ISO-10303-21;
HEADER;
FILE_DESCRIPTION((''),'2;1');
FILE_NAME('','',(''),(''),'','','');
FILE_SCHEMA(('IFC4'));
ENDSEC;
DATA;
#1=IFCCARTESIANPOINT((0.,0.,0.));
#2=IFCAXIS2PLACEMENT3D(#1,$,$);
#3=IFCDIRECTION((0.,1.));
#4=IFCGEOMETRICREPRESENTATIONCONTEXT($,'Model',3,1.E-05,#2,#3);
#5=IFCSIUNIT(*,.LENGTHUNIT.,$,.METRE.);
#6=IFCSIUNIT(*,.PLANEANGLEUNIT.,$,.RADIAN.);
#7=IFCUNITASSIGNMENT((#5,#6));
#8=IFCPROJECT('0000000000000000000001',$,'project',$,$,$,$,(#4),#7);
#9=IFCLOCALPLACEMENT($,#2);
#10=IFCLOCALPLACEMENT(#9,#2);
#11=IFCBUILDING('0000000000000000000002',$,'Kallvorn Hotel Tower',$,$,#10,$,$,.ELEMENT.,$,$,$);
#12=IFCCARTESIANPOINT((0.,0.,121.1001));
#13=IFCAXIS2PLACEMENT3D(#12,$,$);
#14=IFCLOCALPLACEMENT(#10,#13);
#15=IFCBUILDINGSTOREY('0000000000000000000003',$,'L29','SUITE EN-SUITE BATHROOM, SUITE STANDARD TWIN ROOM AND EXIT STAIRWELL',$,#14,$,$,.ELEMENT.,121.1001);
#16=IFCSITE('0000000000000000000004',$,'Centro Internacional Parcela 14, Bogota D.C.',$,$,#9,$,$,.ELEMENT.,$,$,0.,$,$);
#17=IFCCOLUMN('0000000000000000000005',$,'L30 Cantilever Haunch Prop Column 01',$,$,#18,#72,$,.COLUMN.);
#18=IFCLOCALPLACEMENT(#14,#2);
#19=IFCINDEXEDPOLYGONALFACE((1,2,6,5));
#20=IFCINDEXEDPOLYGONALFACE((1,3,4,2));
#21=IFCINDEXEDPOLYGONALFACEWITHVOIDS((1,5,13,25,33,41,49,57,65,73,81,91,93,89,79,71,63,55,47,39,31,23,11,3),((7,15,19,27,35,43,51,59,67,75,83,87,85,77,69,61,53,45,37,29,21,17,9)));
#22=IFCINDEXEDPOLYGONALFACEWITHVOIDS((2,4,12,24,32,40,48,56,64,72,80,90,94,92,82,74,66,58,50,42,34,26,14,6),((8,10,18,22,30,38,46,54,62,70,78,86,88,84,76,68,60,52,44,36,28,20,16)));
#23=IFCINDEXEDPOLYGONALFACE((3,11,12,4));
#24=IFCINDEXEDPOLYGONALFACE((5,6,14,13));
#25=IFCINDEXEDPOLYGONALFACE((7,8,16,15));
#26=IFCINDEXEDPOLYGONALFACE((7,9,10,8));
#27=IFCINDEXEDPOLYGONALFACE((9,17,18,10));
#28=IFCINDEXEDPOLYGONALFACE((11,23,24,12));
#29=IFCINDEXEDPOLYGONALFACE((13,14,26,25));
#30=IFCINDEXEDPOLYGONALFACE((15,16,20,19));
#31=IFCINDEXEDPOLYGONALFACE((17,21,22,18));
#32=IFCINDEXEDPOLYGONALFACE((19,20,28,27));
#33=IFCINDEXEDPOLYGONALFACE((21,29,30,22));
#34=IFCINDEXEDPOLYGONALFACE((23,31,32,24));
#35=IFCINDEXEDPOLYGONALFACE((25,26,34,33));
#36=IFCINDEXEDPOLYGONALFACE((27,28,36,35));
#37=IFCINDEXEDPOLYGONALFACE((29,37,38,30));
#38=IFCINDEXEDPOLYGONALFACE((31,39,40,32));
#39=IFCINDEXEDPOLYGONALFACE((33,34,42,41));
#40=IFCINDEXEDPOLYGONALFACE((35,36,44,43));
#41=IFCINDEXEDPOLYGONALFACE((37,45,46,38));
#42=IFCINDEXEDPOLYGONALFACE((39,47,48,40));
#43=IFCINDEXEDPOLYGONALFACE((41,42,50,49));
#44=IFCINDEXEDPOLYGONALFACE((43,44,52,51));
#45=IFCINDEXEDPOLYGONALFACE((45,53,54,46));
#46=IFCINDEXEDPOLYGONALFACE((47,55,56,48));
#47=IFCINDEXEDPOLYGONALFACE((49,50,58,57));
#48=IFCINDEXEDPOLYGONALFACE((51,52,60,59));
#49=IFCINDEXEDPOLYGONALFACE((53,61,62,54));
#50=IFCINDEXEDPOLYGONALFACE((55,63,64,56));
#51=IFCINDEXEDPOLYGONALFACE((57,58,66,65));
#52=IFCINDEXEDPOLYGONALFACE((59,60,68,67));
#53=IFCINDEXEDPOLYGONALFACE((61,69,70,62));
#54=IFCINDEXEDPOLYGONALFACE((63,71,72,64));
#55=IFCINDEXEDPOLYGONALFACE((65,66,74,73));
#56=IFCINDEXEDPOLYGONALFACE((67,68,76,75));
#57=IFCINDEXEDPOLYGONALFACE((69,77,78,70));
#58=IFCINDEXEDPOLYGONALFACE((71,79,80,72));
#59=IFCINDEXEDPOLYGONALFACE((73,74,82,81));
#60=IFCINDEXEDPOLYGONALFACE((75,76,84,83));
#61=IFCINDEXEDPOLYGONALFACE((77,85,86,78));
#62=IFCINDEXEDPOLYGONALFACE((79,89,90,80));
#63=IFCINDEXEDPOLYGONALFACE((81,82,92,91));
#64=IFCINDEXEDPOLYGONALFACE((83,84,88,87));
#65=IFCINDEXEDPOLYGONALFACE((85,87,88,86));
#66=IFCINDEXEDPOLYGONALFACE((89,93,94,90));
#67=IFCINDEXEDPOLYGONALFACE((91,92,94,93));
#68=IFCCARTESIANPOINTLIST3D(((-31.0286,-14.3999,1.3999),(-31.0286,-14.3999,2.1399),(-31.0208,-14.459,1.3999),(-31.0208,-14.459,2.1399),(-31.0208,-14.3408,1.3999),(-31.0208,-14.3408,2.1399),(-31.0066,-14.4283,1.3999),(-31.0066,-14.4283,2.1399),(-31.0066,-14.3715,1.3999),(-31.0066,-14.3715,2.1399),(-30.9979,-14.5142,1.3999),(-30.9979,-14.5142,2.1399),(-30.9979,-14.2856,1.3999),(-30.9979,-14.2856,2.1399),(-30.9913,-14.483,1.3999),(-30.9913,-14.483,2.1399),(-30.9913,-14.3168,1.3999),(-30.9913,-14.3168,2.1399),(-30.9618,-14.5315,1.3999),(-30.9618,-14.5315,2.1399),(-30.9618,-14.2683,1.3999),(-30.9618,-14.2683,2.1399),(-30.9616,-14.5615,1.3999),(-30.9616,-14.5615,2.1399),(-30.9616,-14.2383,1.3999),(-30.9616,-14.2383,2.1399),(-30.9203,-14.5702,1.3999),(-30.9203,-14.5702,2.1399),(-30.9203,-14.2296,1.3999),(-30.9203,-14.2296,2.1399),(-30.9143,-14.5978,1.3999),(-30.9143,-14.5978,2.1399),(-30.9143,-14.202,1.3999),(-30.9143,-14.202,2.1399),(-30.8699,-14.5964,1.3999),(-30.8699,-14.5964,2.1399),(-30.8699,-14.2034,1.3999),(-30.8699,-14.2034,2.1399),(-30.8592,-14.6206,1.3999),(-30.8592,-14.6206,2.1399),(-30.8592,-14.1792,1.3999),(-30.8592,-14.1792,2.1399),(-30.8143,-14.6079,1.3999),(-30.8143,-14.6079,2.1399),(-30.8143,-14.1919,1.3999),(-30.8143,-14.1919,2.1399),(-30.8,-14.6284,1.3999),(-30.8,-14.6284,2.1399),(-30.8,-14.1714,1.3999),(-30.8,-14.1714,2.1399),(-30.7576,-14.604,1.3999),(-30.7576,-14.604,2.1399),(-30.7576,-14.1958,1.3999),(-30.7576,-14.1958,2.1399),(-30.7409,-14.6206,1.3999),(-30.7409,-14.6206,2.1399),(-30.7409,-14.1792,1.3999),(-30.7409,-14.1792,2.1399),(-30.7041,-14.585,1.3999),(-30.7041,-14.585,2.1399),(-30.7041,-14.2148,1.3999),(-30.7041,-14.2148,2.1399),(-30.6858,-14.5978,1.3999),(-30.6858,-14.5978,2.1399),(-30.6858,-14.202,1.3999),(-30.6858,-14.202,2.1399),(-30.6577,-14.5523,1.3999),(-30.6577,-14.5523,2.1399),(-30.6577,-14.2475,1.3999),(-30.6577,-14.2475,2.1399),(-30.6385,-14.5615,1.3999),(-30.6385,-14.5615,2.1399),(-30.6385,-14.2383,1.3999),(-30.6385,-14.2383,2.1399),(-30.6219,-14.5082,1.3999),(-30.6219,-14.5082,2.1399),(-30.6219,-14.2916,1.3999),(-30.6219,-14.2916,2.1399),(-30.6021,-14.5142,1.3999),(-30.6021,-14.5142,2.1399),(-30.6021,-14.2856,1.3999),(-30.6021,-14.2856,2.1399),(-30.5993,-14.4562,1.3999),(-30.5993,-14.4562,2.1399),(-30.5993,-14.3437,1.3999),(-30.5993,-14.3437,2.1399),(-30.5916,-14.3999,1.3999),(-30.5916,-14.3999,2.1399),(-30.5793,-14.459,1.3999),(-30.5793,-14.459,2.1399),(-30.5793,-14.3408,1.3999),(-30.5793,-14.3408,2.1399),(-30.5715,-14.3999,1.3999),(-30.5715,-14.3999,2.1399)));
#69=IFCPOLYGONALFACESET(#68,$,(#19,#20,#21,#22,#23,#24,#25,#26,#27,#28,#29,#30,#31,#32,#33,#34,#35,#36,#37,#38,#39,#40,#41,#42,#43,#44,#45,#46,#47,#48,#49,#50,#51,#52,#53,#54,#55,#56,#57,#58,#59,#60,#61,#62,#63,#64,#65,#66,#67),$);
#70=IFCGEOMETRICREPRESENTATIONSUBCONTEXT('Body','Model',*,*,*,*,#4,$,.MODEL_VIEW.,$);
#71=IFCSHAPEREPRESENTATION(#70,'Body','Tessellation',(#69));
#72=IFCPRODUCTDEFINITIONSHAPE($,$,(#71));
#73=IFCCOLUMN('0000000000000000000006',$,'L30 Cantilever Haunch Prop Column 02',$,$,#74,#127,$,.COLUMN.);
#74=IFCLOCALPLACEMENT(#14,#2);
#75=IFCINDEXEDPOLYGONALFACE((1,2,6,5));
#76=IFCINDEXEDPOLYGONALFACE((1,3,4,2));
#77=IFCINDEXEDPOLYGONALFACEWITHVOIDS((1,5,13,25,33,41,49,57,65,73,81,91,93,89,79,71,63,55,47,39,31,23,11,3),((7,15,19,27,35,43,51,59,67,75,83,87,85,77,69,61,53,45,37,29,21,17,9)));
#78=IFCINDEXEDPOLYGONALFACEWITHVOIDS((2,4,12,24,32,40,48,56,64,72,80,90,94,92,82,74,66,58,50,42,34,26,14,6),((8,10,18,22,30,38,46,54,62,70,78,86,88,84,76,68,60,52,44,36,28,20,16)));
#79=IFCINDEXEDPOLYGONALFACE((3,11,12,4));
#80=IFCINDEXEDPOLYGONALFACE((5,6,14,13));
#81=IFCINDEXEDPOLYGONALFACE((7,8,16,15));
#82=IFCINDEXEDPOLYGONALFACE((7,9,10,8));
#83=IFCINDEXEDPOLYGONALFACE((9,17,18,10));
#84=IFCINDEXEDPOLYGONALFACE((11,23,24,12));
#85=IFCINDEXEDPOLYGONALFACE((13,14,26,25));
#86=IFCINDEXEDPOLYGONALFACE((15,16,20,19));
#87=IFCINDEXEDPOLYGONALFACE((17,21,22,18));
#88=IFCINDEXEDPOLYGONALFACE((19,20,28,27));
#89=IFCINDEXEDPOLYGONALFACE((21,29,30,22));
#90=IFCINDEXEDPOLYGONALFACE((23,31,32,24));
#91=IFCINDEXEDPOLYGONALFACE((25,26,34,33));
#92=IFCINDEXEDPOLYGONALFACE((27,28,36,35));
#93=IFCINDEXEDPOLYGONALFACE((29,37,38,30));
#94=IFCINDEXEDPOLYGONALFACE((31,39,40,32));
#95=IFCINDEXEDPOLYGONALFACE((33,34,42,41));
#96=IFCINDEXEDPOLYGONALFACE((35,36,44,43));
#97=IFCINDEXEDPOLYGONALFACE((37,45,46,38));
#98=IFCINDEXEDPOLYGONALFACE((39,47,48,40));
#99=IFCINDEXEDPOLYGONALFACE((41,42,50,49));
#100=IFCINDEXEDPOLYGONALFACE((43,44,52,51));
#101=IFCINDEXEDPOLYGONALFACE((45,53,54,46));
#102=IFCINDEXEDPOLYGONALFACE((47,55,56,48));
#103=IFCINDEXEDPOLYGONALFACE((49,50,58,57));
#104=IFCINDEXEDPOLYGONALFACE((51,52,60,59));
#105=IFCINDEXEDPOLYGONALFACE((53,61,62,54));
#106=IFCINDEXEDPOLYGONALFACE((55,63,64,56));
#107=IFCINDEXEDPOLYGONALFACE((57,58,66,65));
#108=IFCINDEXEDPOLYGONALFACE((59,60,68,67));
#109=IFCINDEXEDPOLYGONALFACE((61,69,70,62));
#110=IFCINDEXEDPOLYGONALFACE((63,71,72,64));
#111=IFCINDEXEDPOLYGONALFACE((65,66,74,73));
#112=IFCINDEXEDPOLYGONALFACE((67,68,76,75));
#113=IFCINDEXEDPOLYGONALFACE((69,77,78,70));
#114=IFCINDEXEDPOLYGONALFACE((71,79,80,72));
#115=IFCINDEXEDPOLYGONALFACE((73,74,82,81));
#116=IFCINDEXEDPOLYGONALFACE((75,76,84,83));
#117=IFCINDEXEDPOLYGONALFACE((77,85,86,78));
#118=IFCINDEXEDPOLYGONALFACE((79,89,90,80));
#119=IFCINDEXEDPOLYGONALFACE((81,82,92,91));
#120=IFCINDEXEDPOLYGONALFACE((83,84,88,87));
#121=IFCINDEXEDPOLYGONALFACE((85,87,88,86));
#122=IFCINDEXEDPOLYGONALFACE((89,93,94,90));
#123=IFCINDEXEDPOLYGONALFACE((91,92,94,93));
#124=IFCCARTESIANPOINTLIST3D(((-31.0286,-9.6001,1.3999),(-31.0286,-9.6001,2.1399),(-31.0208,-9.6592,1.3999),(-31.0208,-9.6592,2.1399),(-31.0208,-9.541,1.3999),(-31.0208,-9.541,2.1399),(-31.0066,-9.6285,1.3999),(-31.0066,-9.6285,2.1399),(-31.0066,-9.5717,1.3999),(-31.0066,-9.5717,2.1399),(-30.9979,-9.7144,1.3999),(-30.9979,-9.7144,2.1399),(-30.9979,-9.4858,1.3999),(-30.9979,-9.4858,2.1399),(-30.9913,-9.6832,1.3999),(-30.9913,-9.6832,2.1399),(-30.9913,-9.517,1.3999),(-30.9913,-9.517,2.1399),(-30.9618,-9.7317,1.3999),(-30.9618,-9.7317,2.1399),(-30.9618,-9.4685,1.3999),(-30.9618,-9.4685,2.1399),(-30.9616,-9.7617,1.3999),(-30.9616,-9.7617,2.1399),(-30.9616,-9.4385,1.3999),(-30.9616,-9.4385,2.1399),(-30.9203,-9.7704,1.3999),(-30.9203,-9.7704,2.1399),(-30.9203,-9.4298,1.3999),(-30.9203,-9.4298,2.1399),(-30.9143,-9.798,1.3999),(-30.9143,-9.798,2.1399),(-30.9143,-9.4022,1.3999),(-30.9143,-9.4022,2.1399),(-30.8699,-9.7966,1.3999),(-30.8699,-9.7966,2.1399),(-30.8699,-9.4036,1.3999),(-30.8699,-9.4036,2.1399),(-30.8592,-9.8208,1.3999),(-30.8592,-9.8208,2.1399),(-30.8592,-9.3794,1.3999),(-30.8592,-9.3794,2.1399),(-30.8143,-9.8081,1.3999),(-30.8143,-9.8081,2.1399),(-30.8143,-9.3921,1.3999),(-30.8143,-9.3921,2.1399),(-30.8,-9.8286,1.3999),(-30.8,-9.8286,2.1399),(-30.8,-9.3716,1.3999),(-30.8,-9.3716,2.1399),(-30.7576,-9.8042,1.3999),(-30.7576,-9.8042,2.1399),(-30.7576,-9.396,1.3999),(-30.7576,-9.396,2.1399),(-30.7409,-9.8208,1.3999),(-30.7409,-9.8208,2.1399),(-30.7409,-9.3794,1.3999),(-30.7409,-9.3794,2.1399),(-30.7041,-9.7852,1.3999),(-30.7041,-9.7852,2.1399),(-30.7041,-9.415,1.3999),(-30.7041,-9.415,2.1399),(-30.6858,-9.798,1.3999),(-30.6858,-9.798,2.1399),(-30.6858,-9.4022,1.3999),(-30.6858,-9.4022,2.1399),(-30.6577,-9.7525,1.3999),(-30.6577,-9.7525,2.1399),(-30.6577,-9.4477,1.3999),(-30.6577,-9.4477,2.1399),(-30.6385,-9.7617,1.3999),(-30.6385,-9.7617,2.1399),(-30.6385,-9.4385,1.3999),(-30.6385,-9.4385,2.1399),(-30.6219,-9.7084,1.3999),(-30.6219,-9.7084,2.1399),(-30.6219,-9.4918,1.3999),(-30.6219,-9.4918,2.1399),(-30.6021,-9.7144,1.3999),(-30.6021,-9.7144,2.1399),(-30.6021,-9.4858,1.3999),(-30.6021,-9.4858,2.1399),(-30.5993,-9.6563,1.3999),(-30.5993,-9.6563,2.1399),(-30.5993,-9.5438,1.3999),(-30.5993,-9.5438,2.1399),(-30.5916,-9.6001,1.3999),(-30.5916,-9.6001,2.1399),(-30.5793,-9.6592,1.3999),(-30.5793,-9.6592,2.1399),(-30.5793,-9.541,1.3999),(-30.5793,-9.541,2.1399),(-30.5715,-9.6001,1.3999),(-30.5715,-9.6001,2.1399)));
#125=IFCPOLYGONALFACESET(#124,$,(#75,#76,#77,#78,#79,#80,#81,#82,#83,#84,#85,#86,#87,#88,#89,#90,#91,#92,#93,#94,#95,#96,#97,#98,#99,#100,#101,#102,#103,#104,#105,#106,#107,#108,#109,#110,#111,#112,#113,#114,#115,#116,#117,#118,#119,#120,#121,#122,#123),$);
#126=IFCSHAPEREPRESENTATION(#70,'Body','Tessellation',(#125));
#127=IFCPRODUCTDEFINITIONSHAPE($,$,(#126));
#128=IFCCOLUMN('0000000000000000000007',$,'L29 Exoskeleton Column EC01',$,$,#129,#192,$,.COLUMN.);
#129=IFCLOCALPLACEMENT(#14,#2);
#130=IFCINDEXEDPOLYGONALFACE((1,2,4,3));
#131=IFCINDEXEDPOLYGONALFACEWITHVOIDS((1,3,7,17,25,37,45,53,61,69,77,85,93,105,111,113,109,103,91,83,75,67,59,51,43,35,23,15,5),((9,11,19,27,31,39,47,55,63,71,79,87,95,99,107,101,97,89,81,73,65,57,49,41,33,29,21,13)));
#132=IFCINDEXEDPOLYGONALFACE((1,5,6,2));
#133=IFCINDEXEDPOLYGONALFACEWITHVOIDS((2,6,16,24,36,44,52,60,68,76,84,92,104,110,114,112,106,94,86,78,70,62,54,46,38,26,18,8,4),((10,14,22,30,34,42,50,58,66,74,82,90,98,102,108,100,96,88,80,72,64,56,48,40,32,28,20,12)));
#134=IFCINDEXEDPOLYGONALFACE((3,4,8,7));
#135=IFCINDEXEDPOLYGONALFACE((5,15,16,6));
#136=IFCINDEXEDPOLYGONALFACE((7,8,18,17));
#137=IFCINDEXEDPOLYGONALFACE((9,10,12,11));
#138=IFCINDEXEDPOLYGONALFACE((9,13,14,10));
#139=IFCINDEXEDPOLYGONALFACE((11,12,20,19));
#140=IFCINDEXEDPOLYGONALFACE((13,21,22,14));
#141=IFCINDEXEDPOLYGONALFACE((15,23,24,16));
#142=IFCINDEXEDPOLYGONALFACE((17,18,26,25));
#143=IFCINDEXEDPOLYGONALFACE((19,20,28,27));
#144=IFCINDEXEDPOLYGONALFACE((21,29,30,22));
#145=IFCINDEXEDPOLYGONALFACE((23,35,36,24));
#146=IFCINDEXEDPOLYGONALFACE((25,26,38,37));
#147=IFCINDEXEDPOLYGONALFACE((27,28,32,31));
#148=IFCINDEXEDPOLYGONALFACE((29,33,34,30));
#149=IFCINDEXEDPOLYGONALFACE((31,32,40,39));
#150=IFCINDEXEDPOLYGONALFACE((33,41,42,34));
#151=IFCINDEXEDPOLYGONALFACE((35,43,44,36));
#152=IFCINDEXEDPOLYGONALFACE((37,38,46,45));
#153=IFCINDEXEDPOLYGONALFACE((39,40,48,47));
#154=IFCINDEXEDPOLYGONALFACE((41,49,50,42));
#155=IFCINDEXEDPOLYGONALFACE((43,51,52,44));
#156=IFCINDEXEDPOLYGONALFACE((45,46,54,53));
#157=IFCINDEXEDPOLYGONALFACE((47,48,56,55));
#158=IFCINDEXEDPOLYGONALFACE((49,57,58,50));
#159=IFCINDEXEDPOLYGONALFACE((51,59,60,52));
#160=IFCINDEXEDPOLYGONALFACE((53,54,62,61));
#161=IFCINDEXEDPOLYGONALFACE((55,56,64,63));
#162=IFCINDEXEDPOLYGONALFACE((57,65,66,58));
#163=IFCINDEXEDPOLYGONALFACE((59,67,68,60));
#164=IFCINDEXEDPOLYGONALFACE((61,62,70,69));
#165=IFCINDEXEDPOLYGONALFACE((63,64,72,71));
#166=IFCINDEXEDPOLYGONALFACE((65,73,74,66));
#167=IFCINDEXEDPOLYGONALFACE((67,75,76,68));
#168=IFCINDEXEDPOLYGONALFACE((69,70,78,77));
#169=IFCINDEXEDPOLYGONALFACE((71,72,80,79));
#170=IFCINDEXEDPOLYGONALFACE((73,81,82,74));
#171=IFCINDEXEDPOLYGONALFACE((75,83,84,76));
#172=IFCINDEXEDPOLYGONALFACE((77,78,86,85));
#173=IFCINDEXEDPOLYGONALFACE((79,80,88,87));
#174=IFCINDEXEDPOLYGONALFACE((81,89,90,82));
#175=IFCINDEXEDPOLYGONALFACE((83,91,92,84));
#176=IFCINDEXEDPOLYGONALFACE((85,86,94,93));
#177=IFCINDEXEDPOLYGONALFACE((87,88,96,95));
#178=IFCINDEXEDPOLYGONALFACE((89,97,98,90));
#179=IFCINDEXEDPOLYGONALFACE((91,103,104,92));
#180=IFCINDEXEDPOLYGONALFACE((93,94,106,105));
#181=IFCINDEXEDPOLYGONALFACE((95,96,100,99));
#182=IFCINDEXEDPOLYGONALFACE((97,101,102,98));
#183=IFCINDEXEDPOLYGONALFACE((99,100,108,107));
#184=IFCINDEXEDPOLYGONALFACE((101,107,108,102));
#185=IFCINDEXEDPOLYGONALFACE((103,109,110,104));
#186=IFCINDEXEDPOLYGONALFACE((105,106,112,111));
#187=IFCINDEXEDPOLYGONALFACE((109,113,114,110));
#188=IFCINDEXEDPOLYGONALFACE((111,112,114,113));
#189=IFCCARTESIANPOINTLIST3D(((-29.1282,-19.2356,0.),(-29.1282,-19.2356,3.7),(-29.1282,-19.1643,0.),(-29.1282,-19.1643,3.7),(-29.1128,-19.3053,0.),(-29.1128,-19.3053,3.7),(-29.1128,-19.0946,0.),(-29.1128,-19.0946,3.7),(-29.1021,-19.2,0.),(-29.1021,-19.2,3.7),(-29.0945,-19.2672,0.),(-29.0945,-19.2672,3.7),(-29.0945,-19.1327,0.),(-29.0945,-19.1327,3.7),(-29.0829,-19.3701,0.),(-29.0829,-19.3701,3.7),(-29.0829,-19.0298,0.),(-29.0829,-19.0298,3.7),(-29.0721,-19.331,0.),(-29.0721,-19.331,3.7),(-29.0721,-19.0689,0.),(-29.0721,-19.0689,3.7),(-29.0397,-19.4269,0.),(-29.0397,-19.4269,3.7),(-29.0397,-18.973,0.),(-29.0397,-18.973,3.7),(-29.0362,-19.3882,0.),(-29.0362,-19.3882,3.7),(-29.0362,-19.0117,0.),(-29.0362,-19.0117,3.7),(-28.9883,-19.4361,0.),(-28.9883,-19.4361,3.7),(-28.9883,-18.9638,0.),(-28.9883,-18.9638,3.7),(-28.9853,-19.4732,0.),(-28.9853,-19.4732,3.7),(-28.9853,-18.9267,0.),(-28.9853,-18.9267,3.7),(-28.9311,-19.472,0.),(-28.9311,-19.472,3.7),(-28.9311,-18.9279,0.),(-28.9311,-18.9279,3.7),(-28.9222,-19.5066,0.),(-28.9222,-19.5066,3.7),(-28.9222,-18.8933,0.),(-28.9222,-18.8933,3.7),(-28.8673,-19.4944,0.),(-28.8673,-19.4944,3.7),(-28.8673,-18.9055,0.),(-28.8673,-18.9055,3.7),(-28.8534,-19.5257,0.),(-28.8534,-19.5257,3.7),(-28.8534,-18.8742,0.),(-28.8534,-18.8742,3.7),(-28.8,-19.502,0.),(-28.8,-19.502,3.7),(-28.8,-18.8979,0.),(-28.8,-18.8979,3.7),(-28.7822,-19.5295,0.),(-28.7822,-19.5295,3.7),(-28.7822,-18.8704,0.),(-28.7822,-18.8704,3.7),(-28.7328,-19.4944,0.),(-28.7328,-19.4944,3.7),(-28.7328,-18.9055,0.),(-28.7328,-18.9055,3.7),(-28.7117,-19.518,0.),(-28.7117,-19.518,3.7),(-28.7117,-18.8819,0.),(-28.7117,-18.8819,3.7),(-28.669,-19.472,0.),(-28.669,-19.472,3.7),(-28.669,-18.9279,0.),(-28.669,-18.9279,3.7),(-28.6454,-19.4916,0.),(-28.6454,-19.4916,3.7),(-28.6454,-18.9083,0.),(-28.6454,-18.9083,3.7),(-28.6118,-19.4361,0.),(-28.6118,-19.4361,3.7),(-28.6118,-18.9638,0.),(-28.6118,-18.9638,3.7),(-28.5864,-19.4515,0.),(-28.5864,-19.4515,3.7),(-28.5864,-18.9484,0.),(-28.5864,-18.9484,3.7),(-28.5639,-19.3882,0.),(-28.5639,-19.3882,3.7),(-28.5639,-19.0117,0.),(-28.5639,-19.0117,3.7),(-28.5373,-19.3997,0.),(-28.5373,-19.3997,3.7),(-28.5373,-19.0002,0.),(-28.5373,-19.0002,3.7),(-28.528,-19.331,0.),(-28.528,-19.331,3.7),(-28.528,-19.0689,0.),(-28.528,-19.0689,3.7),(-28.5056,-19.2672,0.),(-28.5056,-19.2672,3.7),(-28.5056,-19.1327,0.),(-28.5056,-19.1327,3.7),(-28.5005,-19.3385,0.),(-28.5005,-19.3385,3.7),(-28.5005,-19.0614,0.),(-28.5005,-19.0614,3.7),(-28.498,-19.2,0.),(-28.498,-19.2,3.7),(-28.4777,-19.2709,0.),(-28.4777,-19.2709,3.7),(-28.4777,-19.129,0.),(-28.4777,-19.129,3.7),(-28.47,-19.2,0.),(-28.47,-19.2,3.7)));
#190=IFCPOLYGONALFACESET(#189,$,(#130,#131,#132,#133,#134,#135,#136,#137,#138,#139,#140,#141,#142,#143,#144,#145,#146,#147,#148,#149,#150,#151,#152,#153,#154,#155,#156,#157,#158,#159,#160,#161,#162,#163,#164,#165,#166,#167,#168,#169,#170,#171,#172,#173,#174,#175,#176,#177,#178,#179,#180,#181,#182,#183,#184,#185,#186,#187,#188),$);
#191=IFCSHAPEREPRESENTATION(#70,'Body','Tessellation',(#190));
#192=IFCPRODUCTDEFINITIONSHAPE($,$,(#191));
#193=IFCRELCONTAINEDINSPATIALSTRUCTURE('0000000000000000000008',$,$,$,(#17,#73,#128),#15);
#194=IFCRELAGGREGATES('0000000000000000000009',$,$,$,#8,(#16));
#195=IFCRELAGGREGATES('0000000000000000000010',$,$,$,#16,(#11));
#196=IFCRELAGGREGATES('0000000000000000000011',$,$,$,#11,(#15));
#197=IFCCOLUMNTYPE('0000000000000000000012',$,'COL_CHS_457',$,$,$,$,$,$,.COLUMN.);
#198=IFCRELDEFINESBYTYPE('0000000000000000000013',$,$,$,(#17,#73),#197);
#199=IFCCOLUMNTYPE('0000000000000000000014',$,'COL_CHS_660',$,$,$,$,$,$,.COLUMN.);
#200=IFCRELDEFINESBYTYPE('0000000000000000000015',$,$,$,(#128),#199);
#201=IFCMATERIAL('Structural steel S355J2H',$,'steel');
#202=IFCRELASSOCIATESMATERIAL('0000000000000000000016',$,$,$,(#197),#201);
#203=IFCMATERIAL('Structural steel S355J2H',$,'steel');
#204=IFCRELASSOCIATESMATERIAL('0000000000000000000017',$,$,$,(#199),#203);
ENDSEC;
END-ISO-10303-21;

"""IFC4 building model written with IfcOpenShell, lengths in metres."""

from ifc_helpers import new_model, si_unit, direction, frame, origin, origin_2d, place, context, subcontext, project, spatial, hollow_circle, extrude, material, material_profile, profile_set, type_object, element, save


model = new_model("IFC4")

# Units and contexts
model_context = context("Model", 3, precision=1e-05, world=origin(), true_north=direction((0.0, 1.0)))
body_context = subcontext(model_context, "Body", "Model", "MODEL_VIEW")
ifc_project = project(units=[si_unit("LENGTHUNIT", "METRE"), si_unit("PLANEANGLEUNIT", "RADIAN")], contexts=[model_context])

# Site, building, storey
site_placement = place(None, origin())
site = spatial("IfcSite", under=ifc_project, at=site_placement, Name="Centro Internacional Parcela 14, Bogota D.C.", CompositionType="ELEMENT", RefElevation=0.0)
building_placement = place(site_placement, origin())
building = spatial("IfcBuilding", under=site, at=building_placement, Name="Kallvorn Hotel Tower", CompositionType="ELEMENT")
storey_placement = place(building_placement, frame((0.0, 0.0, 121.1001)))
storey = spatial("IfcBuildingStorey", under=building, at=storey_placement, Name="L29", Description="SUITE EN-SUITE BATHROOM, SUITE STANDARD TWIN ROOM AND EXIT STAIRWELL", CompositionType="ELEMENT", Elevation=121.1001)

# Columns
ifc_material_1 = material(Name="Structural steel S355J2H", Category="steel")
ifc_material_profile_1 = material_profile(ifc_material_1, hollow_circle(Radius=0.2285, WallThickness=0.02, at=origin_2d()), Name="CHS 457x20")
ifc_profile_set_1 = profile_set([ifc_material_profile_1], Name="Structural steel S355J2H")
column_type_1 = type_object("IfcColumnType", Name="COL_CHS_457", PredefinedType="COLUMN", material=ifc_profile_set_1)
for number, where, z_axis, x_axis, name in (
    (1, (-30.8, -14.3999, 1.3999), (0.0, 0.0, 1.0), (1.0, 0.0, 0.0), "L30 Cantilever Haunch Prop Column 01"),
    (2, (-30.8, -9.6001, 1.3999), (0.0, 0.0, 1.0), (1.0, 0.0, 0.0), "L30 Cantilever Haunch Prop Column 02"),
):
    element("IfcColumn", number, at=place(storey_placement, frame(where, z_axis=z_axis, x_axis=x_axis)), inside=storey, type_object=column_type_1, Name=name, PredefinedType="COLUMN", context=body_context, shape_type="SweptSolid", body=[
        extrude(hollow_circle(Radius=0.2285, WallThickness=0.02, at=origin_2d()), origin(), (0.0, 0.0, 1.0), 0.74),
    ])
ifc_material_2 = material(Name="Structural steel S355J2H", Category="steel")
ifc_material_profile_2 = material_profile(ifc_material_2, hollow_circle(Radius=0.3301, WallThickness=0.0281, at=origin_2d()), Name="CHS 660x28")
ifc_profile_set_2 = profile_set([ifc_material_profile_2], Name="Structural steel S355J2H")
column_type_2 = type_object("IfcColumnType", Name="COL_CHS_660", PredefinedType="COLUMN", material=ifc_profile_set_2)
for number, where, z_axis, x_axis, name in (
    (3, (-28.8, -19.2, 0.0), (0.0, 0.0, 1.0), (1.0, 0.0, 0.0), "L29 Exoskeleton Column EC01"),
):
    element("IfcColumn", number, at=place(storey_placement, frame(where, z_axis=z_axis, x_axis=x_axis)), inside=storey, type_object=column_type_2, Name=name, PredefinedType="COLUMN", context=body_context, shape_type="SweptSolid", body=[
        extrude(hollow_circle(Radius=0.3301, WallThickness=0.0281, at=origin_2d()), origin(), (0.0, 0.0, 1.0), 3.7),
    ])

save(model, "model.ifc")
